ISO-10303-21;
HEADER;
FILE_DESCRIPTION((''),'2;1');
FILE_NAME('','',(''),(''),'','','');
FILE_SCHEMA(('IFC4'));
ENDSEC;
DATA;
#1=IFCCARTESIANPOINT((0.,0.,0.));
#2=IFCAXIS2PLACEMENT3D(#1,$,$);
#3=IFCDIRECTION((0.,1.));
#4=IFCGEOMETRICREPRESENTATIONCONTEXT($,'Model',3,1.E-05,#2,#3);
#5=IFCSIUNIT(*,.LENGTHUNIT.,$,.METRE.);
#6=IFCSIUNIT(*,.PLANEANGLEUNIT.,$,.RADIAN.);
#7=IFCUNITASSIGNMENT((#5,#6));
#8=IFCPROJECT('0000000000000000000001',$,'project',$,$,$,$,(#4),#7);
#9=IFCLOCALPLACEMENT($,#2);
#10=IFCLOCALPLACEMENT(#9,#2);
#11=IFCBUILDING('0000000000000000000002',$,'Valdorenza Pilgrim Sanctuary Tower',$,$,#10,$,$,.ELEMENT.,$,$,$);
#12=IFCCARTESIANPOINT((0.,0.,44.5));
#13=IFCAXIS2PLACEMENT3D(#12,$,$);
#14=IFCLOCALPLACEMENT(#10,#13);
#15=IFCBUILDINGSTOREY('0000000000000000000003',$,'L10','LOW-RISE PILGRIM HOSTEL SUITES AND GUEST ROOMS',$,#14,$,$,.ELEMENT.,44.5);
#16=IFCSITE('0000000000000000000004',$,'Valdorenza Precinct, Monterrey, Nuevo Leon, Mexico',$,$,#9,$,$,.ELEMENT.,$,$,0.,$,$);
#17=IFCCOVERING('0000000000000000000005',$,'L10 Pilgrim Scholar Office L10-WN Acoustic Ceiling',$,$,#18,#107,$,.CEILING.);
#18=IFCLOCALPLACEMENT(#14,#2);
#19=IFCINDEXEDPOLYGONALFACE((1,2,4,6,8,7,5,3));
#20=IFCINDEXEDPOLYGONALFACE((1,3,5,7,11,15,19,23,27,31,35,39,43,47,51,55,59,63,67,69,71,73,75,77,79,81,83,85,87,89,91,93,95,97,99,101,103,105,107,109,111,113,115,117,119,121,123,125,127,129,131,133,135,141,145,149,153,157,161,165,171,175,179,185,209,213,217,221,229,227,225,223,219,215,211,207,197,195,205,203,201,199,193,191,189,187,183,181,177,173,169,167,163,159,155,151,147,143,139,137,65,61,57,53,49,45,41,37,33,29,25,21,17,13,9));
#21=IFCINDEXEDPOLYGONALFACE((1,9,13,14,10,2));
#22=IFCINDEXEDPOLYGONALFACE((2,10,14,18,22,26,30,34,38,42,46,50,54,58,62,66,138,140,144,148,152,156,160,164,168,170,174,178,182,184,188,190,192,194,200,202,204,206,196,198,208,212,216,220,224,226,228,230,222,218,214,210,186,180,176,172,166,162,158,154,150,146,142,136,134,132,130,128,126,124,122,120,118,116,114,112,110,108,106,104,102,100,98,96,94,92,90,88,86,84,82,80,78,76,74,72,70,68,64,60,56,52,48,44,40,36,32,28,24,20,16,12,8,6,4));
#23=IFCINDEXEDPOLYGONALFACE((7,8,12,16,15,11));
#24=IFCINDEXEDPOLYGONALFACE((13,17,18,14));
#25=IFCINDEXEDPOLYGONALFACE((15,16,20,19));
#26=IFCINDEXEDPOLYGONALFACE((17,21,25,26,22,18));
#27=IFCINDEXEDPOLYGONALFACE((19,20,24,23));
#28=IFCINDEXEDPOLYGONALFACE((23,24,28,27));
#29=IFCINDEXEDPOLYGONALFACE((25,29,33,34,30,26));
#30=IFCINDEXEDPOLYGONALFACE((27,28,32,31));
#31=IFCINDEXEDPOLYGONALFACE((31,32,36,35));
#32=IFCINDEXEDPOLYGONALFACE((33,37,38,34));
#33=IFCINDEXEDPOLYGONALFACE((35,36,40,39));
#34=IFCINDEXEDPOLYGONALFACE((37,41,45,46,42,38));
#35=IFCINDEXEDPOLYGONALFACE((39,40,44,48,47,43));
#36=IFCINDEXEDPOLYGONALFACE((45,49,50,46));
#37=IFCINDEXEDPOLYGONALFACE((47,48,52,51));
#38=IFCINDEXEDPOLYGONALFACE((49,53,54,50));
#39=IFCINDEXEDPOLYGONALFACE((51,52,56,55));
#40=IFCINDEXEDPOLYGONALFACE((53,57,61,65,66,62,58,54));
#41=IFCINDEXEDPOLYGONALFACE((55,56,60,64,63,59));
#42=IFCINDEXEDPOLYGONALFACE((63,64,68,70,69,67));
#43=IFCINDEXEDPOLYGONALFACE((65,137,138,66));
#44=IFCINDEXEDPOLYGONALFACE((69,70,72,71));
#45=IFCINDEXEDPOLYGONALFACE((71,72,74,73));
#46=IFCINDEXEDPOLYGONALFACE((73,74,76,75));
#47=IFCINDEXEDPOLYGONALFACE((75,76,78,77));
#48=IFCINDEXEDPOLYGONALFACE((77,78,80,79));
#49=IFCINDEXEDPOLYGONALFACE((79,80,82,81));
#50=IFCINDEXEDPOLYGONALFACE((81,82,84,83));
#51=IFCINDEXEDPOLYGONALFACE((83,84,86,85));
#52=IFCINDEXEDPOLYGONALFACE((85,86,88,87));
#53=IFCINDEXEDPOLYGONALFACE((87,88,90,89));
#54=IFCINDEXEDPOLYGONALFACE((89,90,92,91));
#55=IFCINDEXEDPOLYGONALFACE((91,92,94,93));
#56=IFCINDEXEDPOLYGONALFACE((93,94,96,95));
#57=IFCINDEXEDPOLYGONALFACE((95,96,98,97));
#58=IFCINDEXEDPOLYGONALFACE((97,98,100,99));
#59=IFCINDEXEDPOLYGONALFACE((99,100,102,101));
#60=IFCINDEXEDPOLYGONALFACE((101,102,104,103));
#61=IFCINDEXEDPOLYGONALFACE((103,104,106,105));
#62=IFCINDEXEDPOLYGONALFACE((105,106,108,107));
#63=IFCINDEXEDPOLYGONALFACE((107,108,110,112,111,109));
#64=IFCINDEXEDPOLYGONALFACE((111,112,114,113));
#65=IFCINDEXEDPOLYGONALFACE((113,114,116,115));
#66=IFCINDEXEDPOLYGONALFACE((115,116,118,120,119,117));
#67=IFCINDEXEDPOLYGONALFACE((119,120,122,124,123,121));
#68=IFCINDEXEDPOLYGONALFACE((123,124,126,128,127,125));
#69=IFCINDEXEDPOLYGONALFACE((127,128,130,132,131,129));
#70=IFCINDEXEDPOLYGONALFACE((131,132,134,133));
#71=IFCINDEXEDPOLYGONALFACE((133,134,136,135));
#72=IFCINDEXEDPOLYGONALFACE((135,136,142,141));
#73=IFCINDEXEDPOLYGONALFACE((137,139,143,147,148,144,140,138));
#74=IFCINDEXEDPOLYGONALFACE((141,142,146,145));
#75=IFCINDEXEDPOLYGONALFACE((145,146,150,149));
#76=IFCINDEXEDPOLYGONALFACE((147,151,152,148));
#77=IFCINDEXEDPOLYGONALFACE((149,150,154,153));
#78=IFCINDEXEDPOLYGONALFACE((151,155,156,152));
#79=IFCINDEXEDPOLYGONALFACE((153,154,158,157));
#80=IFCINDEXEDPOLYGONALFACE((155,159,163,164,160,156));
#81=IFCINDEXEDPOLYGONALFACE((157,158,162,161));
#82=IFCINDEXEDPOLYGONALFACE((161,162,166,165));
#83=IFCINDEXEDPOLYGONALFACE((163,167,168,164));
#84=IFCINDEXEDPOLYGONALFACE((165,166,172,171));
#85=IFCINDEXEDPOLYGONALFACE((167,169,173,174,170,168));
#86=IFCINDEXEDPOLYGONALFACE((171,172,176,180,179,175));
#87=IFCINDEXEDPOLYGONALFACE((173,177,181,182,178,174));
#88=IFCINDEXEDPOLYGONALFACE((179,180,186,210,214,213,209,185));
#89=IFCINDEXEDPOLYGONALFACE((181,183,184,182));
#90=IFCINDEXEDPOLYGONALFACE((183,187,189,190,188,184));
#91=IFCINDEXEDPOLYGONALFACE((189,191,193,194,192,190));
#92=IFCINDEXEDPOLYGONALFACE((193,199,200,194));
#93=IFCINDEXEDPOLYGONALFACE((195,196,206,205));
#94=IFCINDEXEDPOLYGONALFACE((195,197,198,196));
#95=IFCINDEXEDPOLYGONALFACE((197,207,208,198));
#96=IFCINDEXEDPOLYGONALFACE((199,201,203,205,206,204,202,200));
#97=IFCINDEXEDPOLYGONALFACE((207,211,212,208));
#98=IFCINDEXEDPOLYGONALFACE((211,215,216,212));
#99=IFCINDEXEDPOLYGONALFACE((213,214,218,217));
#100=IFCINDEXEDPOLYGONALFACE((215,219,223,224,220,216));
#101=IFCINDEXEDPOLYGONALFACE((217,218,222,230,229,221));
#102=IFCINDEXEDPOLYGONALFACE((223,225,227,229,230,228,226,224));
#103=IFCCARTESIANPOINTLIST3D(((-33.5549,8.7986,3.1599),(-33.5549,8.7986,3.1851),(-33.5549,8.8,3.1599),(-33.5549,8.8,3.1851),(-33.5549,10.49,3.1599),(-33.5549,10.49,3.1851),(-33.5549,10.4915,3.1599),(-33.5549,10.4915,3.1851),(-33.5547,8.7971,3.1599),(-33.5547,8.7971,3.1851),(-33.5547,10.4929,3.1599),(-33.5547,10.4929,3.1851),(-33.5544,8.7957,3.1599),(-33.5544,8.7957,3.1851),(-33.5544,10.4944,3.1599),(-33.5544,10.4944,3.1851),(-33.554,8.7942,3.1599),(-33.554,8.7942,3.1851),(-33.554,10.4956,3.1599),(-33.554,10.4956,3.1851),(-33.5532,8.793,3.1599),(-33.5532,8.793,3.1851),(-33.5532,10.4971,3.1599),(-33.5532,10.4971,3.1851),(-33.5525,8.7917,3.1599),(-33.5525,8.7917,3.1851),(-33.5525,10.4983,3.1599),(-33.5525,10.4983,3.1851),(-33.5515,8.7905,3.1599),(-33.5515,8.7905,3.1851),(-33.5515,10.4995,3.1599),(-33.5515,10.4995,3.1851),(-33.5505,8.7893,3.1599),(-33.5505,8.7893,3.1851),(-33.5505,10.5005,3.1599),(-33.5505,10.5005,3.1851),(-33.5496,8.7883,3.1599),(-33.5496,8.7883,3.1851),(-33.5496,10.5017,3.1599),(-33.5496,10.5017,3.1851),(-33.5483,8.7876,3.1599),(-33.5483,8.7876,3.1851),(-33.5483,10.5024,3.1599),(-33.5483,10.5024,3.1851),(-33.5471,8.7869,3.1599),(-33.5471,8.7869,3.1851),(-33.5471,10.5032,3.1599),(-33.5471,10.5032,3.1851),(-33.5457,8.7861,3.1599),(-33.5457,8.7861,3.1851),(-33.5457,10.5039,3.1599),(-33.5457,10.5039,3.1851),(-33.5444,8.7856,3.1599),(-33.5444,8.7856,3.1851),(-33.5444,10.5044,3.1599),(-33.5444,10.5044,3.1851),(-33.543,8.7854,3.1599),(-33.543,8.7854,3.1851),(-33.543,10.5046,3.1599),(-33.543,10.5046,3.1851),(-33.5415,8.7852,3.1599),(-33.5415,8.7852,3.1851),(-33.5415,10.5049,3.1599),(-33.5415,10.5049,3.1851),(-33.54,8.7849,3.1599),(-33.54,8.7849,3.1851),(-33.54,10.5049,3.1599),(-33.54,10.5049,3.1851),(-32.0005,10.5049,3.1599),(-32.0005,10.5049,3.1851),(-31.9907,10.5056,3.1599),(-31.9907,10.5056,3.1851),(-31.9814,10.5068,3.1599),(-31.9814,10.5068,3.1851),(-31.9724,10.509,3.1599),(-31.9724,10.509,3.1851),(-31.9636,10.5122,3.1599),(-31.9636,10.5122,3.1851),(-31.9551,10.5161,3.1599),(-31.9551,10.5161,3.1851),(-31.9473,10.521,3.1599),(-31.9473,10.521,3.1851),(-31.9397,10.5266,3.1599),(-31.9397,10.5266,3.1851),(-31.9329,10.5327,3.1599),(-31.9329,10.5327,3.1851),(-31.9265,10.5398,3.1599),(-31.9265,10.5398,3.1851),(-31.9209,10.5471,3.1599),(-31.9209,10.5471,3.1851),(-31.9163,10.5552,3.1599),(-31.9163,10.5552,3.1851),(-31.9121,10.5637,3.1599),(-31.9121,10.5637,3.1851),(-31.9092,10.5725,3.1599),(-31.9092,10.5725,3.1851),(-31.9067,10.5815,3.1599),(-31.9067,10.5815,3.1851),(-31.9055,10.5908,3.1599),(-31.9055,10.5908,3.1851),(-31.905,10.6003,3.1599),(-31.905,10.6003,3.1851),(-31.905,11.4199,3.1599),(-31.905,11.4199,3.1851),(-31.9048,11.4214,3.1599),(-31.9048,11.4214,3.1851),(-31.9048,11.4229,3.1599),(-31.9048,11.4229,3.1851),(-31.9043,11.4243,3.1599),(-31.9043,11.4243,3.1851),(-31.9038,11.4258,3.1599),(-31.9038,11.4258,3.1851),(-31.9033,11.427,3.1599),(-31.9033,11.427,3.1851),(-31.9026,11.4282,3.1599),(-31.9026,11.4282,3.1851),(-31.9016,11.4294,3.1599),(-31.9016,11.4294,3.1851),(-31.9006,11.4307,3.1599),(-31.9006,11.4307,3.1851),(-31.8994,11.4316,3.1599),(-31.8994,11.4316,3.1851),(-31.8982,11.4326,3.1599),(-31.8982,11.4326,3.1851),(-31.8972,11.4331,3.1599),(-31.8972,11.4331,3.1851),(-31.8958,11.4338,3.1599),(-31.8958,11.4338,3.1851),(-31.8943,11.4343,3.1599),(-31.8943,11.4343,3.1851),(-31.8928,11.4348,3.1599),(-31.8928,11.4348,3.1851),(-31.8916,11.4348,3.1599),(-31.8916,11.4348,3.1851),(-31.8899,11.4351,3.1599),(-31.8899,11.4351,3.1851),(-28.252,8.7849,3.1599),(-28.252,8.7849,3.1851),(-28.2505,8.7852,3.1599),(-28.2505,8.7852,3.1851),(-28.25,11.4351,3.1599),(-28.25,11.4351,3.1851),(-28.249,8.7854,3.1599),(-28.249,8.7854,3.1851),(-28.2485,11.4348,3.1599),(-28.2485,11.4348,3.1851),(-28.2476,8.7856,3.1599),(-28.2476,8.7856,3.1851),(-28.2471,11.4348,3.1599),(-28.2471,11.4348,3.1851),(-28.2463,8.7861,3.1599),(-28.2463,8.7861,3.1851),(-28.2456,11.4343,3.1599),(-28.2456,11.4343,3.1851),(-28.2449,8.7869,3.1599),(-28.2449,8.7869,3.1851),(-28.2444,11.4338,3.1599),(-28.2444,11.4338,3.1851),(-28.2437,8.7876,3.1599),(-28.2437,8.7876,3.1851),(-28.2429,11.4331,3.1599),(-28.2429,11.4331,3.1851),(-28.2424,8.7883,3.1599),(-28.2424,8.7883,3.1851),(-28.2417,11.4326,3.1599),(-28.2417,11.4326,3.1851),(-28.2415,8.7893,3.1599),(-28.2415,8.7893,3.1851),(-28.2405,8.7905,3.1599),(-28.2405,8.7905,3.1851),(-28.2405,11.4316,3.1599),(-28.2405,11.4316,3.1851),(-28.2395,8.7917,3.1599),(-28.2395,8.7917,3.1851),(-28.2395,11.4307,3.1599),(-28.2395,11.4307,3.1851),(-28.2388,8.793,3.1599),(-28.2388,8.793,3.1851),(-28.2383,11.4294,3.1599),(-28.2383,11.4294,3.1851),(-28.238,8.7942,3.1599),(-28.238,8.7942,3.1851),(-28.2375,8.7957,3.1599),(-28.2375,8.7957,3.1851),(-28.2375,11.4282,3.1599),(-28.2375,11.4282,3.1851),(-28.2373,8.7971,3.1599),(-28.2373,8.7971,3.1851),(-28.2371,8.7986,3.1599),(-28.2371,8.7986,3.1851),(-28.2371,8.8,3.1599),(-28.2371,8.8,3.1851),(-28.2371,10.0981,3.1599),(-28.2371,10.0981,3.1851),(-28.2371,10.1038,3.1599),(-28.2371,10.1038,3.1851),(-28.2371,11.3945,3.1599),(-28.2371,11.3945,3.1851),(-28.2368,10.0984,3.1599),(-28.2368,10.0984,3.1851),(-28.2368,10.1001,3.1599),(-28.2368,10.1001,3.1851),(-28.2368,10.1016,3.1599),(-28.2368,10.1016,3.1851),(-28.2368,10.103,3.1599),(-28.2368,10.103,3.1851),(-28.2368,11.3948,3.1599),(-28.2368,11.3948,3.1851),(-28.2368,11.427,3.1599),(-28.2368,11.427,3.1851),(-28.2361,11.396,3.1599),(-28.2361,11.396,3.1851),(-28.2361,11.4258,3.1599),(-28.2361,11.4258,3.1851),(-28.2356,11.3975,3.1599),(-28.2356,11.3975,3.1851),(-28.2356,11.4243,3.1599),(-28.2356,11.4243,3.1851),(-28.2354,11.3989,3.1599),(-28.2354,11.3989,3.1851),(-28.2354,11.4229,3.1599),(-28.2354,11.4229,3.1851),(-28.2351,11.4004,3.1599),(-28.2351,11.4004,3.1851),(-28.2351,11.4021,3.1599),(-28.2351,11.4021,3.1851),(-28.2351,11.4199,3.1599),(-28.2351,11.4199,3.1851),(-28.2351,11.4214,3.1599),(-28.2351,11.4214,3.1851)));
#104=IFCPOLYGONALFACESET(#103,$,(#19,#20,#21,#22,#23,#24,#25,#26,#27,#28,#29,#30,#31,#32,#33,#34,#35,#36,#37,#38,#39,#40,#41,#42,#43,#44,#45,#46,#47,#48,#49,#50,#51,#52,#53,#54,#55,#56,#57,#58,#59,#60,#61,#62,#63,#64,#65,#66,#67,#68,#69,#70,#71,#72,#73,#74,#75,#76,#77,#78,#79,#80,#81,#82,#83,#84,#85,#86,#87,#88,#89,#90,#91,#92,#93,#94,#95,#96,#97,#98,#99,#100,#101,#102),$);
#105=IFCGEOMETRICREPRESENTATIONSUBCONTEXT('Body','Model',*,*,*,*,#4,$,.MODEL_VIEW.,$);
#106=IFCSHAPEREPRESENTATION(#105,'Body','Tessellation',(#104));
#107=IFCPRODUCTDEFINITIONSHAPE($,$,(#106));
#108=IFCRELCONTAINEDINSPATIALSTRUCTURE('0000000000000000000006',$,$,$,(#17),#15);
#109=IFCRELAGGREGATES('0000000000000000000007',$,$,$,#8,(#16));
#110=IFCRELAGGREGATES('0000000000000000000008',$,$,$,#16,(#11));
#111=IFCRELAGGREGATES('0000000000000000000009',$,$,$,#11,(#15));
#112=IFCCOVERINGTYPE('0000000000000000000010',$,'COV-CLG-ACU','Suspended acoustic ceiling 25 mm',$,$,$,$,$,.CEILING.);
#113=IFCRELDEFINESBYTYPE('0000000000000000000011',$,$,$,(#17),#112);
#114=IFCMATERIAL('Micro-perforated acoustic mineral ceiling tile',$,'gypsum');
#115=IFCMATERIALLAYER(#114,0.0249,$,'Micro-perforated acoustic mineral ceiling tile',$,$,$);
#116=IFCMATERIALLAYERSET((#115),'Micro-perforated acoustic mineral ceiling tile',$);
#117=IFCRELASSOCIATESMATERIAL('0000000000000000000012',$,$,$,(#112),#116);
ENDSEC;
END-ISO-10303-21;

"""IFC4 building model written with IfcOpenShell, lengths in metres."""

from ifc_helpers import new_model, si_unit, direction, frame, origin, place, context, subcontext, project, spatial, polyline, outline, extrude, material, layer, layer_set, type_object, element, save


model = new_model("IFC4")

# Units and contexts
model_context = context("Model", 3, precision=1e-05, world=origin(), true_north=direction((0.0, 1.0)))
body_context = subcontext(model_context, "Body", "Model", "MODEL_VIEW")
ifc_project = project(units=[si_unit("LENGTHUNIT", "METRE"), si_unit("PLANEANGLEUNIT", "RADIAN")], contexts=[model_context])

# Site, building, storey
site_placement = place(None, origin())
site = spatial("IfcSite", under=ifc_project, at=site_placement, Name="Valdorenza Precinct, Monterrey, Nuevo Leon, Mexico", CompositionType="ELEMENT", RefElevation=0.0)
building_placement = place(site_placement, origin())
building = spatial("IfcBuilding", under=site, at=building_placement, Name="Valdorenza Pilgrim Sanctuary Tower", CompositionType="ELEMENT")
storey_placement = place(building_placement, frame((0.0, 0.0, 44.5)))
storey = spatial("IfcBuildingStorey", under=building, at=storey_placement, Name="L10", Description="LOW-RISE PILGRIM HOSTEL SUITES AND GUEST ROOMS", CompositionType="ELEMENT", Elevation=44.5)

# Covering
ifc_material_1 = material(Name="Micro-perforated acoustic mineral ceiling tile", Category="gypsum")
ifc_layer_1 = layer(ifc_material_1, 0.0249, Name="Micro-perforated acoustic mineral ceiling tile")
ifc_layer_set_1 = layer_set([ifc_layer_1], Name="Micro-perforated acoustic mineral ceiling tile")
covering_type_1 = type_object("IfcCoveringType", Name="COV-CLG-ACU", Description="Suspended acoustic ceiling 25 mm", PredefinedType="CEILING", material=ifc_layer_set_1)
covering_1_placement = place(storey_placement, frame((0.0, 0.0, 3.1599)))
element("IfcCovering", 1, at=covering_1_placement, inside=storey, type_object=covering_type_1, Name="L10 Pilgrim Scholar Office L10-WN Acoustic Ceiling", PredefinedType="CEILING", context=body_context, shape_type="SweptSolid", body=[
    extrude(outline(polyline([(-28.2371, 11.3945), (-28.2371, 10.1038), (-28.2368, 10.103), (-28.2368, 10.1016), (-28.2368, 10.1001), (-28.2368, 10.0984), (-28.2371, 10.0981), (-28.2371, 8.8), (-28.2371, 8.7986), (-28.2373, 8.7971), (-28.2375, 8.7957), (-28.238, 8.7942), (-28.2388, 8.793), (-28.2395, 8.7917), (-28.2405, 8.7905), (-28.2415, 8.7893), (-28.2424, 8.7883), (-28.2437, 8.7876), (-28.2449, 8.7869), (-28.2463, 8.7861), (-28.2476, 8.7856), (-28.249, 8.7854), (-28.2505, 8.7852), (-28.252, 8.7849), (-33.54, 8.7849), (-33.5415, 8.7852), (-33.543, 8.7854), (-33.5444, 8.7856), (-33.5457, 8.7861), (-33.5471, 8.7869), (-33.5483, 8.7876), (-33.5496, 8.7883), (-33.5505, 8.7893), (-33.5515, 8.7905), (-33.5525, 8.7917), (-33.5532, 8.793), (-33.554, 8.7942), (-33.5544, 8.7957), (-33.5547, 8.7971), (-33.5549, 8.7986), (-33.5549, 8.8), (-33.5549, 10.49), (-33.5549, 10.4915), (-33.5547, 10.4929), (-33.5544, 10.4944), (-33.554, 10.4956), (-33.5532, 10.4971), (-33.5525, 10.4983), (-33.5515, 10.4995), (-33.5505, 10.5005), (-33.5496, 10.5017), (-33.5483, 10.5024), (-33.5471, 10.5032), (-33.5457, 10.5039), (-33.5444, 10.5044), (-33.543, 10.5046), (-33.5415, 10.5049), (-33.54, 10.5049), (-32.0005, 10.5049), (-31.9907, 10.5056), (-31.9814, 10.5068), (-31.9724, 10.509), (-31.9636, 10.5122), (-31.9551, 10.5161), (-31.9473, 10.521), (-31.9397, 10.5266), (-31.9329, 10.5327), (-31.9265, 10.5398), (-31.9209, 10.5471), (-31.9163, 10.5552), (-31.9121, 10.5637), (-31.9092, 10.5725), (-31.9067, 10.5815), (-31.9055, 10.5908), (-31.905, 10.6003), (-31.905, 11.4199), (-31.9048, 11.4214), (-31.9048, 11.4229), (-31.9043, 11.4243), (-31.9038, 11.4258), (-31.9033, 11.427), (-31.9026, 11.4282), (-31.9016, 11.4294), (-31.9006, 11.4307), (-31.8994, 11.4316), (-31.8982, 11.4326), (-31.8972, 11.4331), (-31.8958, 11.4338), (-31.8943, 11.4343), (-31.8928, 11.4348), (-31.8916, 11.4348), (-31.8899, 11.4351), (-28.25, 11.4351), (-28.2485, 11.4348), (-28.2471, 11.4348), (-28.2456, 11.4343), (-28.2444, 11.4338), (-28.2429, 11.4331), (-28.2417, 11.4326), (-28.2405, 11.4316), (-28.2395, 11.4307), (-28.2383, 11.4294), (-28.2375, 11.4282), (-28.2368, 11.427), (-28.2361, 11.4258), (-28.2356, 11.4243), (-28.2354, 11.4229), (-28.2351, 11.4214), (-28.2351, 11.4199), (-28.2351, 11.4021), (-28.2351, 11.4004), (-28.2354, 11.3989), (-28.2356, 11.3975), (-28.2361, 11.396), (-28.2368, 11.3948), (-28.2371, 11.3945)])), origin(), (0.0, 0.0, 1.0), 0.0251),
])

save(model, "model.ifc")
